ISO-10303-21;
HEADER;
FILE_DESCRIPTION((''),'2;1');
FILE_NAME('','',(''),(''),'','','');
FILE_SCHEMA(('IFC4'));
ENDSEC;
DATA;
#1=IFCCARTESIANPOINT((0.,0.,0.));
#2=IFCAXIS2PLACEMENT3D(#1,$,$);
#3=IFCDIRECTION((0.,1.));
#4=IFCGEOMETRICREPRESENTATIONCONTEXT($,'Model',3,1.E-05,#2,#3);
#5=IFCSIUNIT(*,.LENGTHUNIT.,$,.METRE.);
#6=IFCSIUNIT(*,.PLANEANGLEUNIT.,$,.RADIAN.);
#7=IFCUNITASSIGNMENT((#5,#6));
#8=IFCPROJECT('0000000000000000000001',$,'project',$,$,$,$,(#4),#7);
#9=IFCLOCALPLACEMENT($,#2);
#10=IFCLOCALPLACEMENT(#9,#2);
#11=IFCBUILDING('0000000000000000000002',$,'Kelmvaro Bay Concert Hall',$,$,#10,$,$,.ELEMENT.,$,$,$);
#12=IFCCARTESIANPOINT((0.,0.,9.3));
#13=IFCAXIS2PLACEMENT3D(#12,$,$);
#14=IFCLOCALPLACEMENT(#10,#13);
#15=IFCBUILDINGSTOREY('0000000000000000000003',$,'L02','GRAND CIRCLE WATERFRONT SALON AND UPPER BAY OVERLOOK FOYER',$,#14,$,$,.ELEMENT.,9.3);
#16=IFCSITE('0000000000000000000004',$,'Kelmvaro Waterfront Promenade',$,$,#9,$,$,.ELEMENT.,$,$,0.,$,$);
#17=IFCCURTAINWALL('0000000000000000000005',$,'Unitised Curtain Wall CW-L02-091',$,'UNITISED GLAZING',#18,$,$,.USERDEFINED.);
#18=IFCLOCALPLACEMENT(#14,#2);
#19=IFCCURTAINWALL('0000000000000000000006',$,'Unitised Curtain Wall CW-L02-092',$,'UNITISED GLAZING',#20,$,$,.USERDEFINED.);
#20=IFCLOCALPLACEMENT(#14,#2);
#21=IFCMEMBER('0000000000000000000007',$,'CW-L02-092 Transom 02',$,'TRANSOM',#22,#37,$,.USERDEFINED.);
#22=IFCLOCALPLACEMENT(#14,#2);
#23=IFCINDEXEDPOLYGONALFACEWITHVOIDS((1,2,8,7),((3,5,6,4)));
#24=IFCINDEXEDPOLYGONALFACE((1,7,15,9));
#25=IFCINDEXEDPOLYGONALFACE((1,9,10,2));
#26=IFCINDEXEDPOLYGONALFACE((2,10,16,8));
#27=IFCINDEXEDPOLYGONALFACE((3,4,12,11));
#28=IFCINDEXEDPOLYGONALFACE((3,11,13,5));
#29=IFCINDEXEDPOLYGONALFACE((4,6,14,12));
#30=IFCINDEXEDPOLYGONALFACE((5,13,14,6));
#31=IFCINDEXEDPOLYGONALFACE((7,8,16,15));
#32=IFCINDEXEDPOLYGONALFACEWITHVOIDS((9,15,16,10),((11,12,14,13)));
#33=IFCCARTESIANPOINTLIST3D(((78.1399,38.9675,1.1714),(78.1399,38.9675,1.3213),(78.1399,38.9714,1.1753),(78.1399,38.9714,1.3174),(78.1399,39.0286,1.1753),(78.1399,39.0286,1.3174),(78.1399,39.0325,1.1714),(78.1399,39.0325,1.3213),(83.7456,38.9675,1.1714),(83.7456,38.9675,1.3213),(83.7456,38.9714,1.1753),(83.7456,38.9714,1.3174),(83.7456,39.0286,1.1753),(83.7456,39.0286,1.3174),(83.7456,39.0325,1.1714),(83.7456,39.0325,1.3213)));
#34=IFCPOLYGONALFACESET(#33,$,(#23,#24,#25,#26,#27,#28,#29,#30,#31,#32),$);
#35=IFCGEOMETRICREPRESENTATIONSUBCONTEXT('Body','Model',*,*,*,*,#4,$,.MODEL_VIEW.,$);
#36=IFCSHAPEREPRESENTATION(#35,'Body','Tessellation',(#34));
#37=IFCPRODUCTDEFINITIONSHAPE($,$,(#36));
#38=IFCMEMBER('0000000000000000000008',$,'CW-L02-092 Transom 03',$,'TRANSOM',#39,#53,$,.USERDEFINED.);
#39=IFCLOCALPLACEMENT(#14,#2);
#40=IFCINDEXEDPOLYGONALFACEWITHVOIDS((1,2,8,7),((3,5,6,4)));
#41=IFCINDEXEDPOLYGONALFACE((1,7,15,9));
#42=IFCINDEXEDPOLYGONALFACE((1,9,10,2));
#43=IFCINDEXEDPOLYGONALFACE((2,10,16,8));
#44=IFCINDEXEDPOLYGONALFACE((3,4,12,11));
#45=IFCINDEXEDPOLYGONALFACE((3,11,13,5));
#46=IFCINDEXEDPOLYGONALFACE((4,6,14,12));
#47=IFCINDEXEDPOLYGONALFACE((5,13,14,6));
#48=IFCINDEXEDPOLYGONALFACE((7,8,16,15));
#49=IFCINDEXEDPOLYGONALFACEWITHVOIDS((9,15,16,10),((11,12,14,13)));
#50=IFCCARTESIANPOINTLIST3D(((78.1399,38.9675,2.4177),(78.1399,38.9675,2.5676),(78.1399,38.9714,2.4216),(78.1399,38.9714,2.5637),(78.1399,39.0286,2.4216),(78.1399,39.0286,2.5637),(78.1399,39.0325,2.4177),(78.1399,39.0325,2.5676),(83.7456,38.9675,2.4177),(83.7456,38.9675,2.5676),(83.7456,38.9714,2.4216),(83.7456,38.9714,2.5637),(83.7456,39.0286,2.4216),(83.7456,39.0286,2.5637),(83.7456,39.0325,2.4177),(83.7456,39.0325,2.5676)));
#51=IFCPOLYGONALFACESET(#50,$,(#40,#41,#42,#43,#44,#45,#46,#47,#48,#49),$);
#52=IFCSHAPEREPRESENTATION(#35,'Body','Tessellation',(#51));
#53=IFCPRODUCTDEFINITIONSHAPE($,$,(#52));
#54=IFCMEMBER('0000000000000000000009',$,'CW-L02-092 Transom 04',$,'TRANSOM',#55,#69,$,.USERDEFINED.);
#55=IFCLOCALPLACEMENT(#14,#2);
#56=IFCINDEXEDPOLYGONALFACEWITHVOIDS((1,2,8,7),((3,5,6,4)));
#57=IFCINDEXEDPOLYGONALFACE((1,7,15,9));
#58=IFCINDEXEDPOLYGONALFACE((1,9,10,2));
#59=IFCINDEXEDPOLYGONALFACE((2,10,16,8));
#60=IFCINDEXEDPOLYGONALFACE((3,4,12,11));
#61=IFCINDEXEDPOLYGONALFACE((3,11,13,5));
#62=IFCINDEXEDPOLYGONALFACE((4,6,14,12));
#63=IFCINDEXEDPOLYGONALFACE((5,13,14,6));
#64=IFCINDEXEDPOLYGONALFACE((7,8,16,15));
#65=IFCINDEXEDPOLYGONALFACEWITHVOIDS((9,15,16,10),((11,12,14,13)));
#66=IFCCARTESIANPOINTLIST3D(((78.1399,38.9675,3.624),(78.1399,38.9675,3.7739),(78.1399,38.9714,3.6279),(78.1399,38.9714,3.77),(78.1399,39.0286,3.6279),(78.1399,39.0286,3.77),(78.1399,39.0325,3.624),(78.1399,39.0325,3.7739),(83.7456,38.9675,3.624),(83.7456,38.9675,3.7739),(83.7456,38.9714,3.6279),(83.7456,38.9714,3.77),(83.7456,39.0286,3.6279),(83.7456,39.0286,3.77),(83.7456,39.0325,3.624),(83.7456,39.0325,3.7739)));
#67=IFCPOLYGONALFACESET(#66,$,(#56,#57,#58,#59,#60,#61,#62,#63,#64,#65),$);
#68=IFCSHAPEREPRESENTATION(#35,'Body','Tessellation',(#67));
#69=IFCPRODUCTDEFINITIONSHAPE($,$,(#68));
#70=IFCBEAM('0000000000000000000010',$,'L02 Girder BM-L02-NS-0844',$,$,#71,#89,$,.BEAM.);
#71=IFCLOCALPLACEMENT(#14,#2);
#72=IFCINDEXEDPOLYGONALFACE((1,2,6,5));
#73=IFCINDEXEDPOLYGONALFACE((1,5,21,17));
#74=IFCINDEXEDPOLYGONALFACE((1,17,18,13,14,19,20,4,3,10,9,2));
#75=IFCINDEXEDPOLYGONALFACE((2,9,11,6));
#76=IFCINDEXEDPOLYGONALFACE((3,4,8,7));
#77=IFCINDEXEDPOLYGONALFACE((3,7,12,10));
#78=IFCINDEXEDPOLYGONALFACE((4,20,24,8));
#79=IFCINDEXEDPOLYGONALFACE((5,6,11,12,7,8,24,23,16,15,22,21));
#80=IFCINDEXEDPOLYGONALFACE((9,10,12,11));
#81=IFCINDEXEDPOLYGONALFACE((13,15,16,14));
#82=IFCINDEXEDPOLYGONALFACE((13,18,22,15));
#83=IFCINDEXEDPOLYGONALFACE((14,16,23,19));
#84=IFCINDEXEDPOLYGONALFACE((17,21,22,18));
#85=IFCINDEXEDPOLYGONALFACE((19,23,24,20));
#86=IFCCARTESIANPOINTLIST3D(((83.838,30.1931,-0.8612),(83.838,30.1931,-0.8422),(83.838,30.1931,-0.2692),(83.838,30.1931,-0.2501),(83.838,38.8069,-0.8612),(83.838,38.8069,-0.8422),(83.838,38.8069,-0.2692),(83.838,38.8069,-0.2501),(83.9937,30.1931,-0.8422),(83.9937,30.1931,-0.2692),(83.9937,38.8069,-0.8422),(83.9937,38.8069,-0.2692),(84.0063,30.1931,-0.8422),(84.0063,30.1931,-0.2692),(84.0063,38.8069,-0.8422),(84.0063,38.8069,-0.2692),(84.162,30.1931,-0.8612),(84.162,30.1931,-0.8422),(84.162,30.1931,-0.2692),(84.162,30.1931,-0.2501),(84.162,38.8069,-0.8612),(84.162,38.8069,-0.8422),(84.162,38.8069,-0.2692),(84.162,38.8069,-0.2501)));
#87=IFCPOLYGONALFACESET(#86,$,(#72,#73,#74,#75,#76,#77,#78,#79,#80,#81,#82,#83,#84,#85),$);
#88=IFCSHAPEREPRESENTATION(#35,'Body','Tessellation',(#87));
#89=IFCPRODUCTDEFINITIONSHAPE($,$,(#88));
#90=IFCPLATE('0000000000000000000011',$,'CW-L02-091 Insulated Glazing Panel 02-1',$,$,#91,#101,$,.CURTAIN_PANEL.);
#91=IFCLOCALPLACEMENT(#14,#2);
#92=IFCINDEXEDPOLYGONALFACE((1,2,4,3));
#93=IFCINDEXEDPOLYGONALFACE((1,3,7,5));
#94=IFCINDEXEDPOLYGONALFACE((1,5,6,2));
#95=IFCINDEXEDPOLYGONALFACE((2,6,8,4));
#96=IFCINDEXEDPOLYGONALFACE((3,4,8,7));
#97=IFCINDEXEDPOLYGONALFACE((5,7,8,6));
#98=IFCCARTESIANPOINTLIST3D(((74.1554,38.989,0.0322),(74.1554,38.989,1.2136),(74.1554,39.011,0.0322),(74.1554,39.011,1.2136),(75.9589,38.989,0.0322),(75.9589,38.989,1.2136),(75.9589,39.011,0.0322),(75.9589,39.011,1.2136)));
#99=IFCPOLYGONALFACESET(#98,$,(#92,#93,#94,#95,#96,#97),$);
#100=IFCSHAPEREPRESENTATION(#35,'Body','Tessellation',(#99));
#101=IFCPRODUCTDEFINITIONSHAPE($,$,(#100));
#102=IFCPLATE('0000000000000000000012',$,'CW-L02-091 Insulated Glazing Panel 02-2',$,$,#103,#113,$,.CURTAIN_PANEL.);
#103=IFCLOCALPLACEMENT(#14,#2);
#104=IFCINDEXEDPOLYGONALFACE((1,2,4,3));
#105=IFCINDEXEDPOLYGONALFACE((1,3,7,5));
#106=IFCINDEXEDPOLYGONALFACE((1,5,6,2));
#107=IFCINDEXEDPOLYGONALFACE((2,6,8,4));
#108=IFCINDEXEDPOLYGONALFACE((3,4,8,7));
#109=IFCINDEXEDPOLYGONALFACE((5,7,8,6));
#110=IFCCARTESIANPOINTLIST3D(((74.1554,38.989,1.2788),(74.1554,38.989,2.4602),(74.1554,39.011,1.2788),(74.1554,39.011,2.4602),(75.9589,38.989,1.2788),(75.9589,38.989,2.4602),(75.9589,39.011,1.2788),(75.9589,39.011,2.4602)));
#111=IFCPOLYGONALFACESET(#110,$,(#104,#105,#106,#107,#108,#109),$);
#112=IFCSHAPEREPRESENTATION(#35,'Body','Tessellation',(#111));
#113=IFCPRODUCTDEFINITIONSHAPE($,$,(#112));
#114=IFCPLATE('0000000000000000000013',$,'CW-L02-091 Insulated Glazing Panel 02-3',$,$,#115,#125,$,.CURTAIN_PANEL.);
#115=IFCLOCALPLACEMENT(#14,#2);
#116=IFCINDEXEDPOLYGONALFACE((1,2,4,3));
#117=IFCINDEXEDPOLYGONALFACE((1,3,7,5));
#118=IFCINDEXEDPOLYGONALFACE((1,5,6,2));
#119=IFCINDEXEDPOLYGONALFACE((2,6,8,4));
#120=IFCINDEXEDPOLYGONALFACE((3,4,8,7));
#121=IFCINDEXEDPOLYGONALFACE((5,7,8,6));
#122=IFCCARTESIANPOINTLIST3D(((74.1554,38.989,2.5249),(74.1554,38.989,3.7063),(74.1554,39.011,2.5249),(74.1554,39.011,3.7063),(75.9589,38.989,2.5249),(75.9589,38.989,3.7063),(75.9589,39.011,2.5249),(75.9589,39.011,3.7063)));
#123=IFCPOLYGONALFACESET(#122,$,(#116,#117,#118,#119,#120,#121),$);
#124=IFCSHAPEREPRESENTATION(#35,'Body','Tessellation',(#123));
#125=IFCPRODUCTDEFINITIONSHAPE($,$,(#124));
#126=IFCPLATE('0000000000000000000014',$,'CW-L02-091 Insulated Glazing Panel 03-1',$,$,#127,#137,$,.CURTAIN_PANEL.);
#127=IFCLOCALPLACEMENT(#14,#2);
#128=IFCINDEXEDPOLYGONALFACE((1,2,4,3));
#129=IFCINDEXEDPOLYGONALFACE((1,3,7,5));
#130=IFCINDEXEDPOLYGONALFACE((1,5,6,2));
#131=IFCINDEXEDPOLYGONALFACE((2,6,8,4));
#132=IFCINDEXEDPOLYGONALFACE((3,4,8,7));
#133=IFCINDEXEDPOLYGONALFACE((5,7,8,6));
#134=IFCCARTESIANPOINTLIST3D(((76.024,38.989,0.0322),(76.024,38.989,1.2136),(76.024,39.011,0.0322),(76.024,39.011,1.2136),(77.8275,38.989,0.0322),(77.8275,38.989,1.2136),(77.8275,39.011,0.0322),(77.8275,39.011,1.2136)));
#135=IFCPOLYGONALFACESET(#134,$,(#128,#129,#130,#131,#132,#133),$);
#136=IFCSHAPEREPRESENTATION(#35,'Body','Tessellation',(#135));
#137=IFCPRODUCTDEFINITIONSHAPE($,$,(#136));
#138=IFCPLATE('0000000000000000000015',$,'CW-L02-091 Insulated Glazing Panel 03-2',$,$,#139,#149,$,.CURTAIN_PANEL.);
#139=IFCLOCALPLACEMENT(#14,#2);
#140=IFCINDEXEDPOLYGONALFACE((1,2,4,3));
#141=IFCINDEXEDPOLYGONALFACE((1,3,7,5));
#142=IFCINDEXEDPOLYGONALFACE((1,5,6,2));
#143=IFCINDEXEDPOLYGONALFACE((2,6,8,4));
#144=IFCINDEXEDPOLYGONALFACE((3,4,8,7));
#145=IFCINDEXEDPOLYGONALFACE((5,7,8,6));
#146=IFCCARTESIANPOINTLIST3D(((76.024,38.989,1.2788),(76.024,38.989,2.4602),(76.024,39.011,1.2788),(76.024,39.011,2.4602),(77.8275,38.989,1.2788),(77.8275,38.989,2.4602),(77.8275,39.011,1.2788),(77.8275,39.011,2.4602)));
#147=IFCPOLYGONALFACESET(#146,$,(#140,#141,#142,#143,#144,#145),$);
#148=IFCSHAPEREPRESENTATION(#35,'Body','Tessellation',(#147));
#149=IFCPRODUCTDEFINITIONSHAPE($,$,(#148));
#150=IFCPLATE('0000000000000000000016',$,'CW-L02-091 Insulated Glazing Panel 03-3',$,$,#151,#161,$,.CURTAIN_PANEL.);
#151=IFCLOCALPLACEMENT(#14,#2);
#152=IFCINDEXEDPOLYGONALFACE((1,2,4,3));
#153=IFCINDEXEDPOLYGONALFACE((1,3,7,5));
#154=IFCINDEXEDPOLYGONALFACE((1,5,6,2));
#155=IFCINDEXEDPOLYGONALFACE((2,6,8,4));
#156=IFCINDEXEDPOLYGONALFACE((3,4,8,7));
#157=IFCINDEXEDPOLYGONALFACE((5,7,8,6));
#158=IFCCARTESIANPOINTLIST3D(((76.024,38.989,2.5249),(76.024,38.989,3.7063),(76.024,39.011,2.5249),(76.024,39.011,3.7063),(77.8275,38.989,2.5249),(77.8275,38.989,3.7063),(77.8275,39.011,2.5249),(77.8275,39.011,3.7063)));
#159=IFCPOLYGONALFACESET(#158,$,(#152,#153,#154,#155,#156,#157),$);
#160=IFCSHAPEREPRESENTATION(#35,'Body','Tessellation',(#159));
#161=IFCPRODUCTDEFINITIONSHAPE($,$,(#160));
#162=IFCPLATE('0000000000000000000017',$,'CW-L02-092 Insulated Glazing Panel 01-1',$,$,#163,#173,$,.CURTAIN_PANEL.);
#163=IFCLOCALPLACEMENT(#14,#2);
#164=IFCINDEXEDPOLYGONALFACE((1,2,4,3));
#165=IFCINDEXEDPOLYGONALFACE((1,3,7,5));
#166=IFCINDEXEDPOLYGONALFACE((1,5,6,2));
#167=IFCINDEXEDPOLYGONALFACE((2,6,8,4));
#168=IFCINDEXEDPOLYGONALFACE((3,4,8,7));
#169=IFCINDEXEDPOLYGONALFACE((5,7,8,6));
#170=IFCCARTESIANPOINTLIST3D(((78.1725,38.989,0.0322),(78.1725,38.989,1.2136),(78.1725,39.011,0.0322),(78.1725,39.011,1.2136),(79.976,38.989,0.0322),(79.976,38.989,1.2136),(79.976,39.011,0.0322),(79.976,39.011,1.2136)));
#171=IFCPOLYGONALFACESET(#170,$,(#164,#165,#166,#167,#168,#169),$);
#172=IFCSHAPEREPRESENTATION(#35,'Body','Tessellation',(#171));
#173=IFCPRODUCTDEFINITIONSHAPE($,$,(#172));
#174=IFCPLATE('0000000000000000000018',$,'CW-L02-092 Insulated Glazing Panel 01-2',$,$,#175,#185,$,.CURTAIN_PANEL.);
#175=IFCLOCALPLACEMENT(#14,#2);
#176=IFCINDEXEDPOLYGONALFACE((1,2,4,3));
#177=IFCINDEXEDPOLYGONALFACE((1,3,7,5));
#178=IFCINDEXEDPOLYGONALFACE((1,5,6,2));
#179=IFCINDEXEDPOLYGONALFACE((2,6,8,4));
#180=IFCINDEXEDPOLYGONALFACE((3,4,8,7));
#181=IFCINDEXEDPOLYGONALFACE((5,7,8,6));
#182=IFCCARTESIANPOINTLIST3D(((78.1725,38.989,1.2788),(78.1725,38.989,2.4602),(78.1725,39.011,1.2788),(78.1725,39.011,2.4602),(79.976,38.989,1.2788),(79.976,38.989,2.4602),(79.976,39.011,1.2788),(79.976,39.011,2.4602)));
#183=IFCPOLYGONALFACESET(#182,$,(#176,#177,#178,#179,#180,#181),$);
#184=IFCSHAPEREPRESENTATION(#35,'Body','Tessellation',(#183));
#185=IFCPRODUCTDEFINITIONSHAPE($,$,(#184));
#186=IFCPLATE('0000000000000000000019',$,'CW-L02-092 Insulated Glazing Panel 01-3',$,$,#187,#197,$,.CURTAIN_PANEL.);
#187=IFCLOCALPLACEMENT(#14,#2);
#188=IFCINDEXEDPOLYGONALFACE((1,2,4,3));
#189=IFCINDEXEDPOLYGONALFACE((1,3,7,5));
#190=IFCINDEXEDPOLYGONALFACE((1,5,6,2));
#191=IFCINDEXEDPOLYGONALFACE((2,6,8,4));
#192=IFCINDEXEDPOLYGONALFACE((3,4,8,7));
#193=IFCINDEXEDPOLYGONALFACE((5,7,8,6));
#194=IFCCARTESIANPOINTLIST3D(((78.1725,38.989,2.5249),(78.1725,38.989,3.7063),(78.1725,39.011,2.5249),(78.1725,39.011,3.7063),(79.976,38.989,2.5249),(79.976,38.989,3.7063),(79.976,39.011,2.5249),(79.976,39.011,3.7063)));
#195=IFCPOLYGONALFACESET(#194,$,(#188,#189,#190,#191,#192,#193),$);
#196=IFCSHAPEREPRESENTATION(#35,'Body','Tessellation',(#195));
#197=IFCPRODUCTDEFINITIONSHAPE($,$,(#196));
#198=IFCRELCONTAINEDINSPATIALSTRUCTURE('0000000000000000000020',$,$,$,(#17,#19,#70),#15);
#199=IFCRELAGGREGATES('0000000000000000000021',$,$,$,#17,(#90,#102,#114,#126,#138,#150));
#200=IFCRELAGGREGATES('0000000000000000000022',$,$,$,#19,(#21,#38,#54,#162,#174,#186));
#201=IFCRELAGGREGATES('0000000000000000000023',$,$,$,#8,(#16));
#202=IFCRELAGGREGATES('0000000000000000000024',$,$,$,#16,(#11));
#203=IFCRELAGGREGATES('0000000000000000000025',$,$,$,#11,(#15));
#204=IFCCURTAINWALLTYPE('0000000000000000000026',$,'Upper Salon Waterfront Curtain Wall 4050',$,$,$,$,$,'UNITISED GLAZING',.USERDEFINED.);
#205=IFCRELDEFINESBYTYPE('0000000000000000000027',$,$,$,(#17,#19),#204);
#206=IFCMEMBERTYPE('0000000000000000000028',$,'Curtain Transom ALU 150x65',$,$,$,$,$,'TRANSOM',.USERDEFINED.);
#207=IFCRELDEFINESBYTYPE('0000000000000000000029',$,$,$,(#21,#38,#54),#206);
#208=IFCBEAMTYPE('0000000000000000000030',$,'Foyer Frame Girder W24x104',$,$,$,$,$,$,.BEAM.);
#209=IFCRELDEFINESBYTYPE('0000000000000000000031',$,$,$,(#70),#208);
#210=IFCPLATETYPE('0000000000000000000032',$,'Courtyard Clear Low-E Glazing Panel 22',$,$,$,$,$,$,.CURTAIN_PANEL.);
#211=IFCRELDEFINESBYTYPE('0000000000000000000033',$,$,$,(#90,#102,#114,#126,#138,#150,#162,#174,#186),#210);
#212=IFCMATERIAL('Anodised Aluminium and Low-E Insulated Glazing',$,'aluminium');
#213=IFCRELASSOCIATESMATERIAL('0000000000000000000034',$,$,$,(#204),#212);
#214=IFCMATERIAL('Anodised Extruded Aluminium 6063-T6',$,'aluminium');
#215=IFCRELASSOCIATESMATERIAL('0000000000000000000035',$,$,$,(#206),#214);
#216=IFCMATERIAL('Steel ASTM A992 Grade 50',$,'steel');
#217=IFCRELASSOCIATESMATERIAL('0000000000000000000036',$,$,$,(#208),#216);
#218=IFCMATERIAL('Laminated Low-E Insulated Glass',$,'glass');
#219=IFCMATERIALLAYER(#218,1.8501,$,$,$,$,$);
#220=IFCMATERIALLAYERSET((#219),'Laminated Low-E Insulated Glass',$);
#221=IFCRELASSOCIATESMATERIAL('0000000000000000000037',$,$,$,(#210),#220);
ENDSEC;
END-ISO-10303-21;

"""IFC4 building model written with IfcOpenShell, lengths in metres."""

from ifc_helpers import new_model, si_unit, direction, frame, origin, origin_2d, place, context, subcontext, project, spatial, rectangle, hollow_rectangle, i_section, extrude, material, layer, layer_set, material_profile, profile_set, type_object, element, aggregate, save


model = new_model("IFC4")

# Units and contexts
model_context = context("Model", 3, precision=1e-05, world=origin(), true_north=direction((0.0, 1.0)))
body_context = subcontext(model_context, "Body", "Model", "MODEL_VIEW")
ifc_project = project(units=[si_unit("LENGTHUNIT", "METRE"), si_unit("PLANEANGLEUNIT", "RADIAN")], contexts=[model_context])

# Site, building, storey
site_placement = place(None, origin())
site = spatial("IfcSite", under=ifc_project, at=site_placement, Name="Kelmvaro Waterfront Promenade", CompositionType="ELEMENT", RefElevation=0.0)
building_placement = place(site_placement, origin())
building = spatial("IfcBuilding", under=site, at=building_placement, Name="Kelmvaro Bay Concert Hall", CompositionType="ELEMENT")
storey_placement = place(building_placement, frame((0.0, 0.0, 9.3)))
storey = spatial("IfcBuildingStorey", under=building, at=storey_placement, Name="L02", Description="GRAND CIRCLE WATERFRONT SALON AND UPPER BAY OVERLOOK FOYER", CompositionType="ELEMENT", Elevation=9.3)

# Curtain walls, members
ifc_material_1 = material(Name="Anodised Aluminium and Low-E Insulated Glazing", Category="aluminium")
curtain_wall_type = type_object("IfcCurtainWallType", Name="Upper Salon Waterfront Curtain Wall 4050", ElementType="UNITISED GLAZING", PredefinedType="USERDEFINED", material=ifc_material_1)
curtain_wall_1_placement = place(storey_placement, origin())
curtain_wall_1 = element("IfcCurtainWall", 1, at=curtain_wall_1_placement, inside=storey, type_object=curtain_wall_type, Name="Unitised Curtain Wall CW-L02-091", ObjectType="UNITISED GLAZING", PredefinedType="USERDEFINED")
curtain_wall_2_placement = place(storey_placement, origin())
curtain_wall_2 = element("IfcCurtainWall", 2, at=curtain_wall_2_placement, inside=storey, type_object=curtain_wall_type, Name="Unitised Curtain Wall CW-L02-092", ObjectType="UNITISED GLAZING", PredefinedType="USERDEFINED")
ifc_material_2 = material(Name="Anodised Extruded Aluminium 6063-T6", Category="aluminium")
ifc_material_profile_1 = material_profile(ifc_material_2, hollow_rectangle(XDim=0.0649, YDim=0.1499, WallThickness=0.0039, at=origin_2d()), Name="ALU-TRN-150X65")
ifc_profile_set_1 = profile_set([ifc_material_profile_1], Name="Anodised Extruded Aluminium 6063-T6")
member_type_1 = type_object("IfcMemberType", Name="Curtain Transom ALU 150x65", ElementType="TRANSOM", PredefinedType="USERDEFINED", material=ifc_profile_set_1)
member_1_placement = place(storey_placement, frame((78.1399, 39.0, 1.2463), z_axis=(1.0, 0.0, 0.0), x_axis=(0.0, 1.0, 0.0)))
member_1 = element("IfcMember", 3, at=member_1_placement, type_object=member_type_1, Name="CW-L02-092 Transom 02", ObjectType="TRANSOM", PredefinedType="USERDEFINED", context=body_context, shape_type="SweptSolid", body=[
    extrude(hollow_rectangle(XDim=0.0649, YDim=0.1499, WallThickness=0.0039, at=origin_2d()), origin(), (0.0, 0.0, 1.0), 5.6057),
])
member_2_placement = place(storey_placement, frame((78.1399, 39.0, 2.4927), z_axis=(1.0, 0.0, 0.0), x_axis=(0.0, 1.0, 0.0)))
member_2 = element("IfcMember", 4, at=member_2_placement, type_object=member_type_1, Name="CW-L02-092 Transom 03", ObjectType="TRANSOM", PredefinedType="USERDEFINED", context=body_context, shape_type="SweptSolid", body=[
    extrude(hollow_rectangle(XDim=0.0649, YDim=0.1499, WallThickness=0.0039, at=origin_2d()), origin(), (0.0, 0.0, 1.0), 5.6057),
])
member_3_placement = place(storey_placement, frame((78.1399, 39.0, 3.699), z_axis=(1.0, 0.0, 0.0), x_axis=(0.0, 1.0, 0.0)))
member_3 = element("IfcMember", 5, at=member_3_placement, type_object=member_type_1, Name="CW-L02-092 Transom 04", ObjectType="TRANSOM", PredefinedType="USERDEFINED", context=body_context, shape_type="SweptSolid", body=[
    extrude(hollow_rectangle(XDim=0.0649, YDim=0.1499, WallThickness=0.0039, at=origin_2d()), origin(), (0.0, 0.0, 1.0), 5.6057),
])

# Beam
ifc_material_3 = material(Name="Steel ASTM A992 Grade 50", Category="steel")
ifc_material_profile_2 = material_profile(ifc_material_3, i_section(OverallWidth=0.324, OverallDepth=0.6111, WebThickness=0.0127, FlangeThickness=0.019, at=origin_2d()), Name="W24X104")
ifc_profile_set_2 = profile_set([ifc_material_profile_2], Name="Steel ASTM A992 Grade 50")
beam_type = type_object("IfcBeamType", Name="Foyer Frame Girder W24x104", PredefinedType="BEAM", material=ifc_profile_set_2)
beam_placement = place(storey_placement, frame((84.0, 30.1931, -0.5557), z_axis=(0.0, 1.0, 0.0), x_axis=(-1.0, 0.0, 0.0)))
element("IfcBeam", 6, at=beam_placement, inside=storey, type_object=beam_type, Name="L02 Girder BM-L02-NS-0844", PredefinedType="BEAM", context=body_context, shape_type="SweptSolid", body=[
    extrude(i_section(OverallWidth=0.324, OverallDepth=0.6111, WebThickness=0.0127, FlangeThickness=0.019, at=origin_2d()), origin(), (0.0, 0.0, 1.0), 8.6138),
])

# Plates
ifc_material_4 = material(Name="Laminated Low-E Insulated Glass", Category="glass")
ifc_layer = layer(ifc_material_4, 1.8501)
ifc_layer_set = layer_set([ifc_layer], Name="Laminated Low-E Insulated Glass")
plate_type = type_object("IfcPlateType", Name="Courtyard Clear Low-E Glazing Panel 22", PredefinedType="CURTAIN_PANEL", material=ifc_layer_set)
plate_1_placement = place(storey_placement, frame((75.0571, 39.0, 0.0322), z_axis=(0.0, 0.0, 1.0), x_axis=(1.0, 0.0, 0.0)))
plate_1 = element("IfcPlate", 7, at=plate_1_placement, type_object=plate_type, Name="CW-L02-091 Insulated Glazing Panel 02-1", PredefinedType="CURTAIN_PANEL", context=body_context, shape_type="SweptSolid", body=[
    extrude(rectangle(XDim=1.8035, YDim=0.022, at=origin_2d()), origin(), (0.0, 0.0, 1.0), 1.1814),
])
plate_2_placement = place(storey_placement, frame((75.0571, 39.0, 1.2788), z_axis=(0.0, 0.0, 1.0), x_axis=(1.0, 0.0, 0.0)))
plate_2 = element("IfcPlate", 8, at=plate_2_placement, type_object=plate_type, Name="CW-L02-091 Insulated Glazing Panel 02-2", PredefinedType="CURTAIN_PANEL", context=body_context, shape_type="SweptSolid", body=[
    extrude(rectangle(XDim=1.8035, YDim=0.022, at=origin_2d()), origin(), (0.0, 0.0, 1.0), 1.1814),
])
plate_3_placement = place(storey_placement, frame((75.0571, 39.0, 2.5249), z_axis=(0.0, 0.0, 1.0), x_axis=(1.0, 0.0, 0.0)))
plate_3 = element("IfcPlate", 9, at=plate_3_placement, type_object=plate_type, Name="CW-L02-091 Insulated Glazing Panel 02-3", PredefinedType="CURTAIN_PANEL", context=body_context, shape_type="SweptSolid", body=[
    extrude(rectangle(XDim=1.8035, YDim=0.022, at=origin_2d()), origin(), (0.0, 0.0, 1.0), 1.1814),
])
plate_4_placement = place(storey_placement, frame((76.9258, 39.0, 0.0322), z_axis=(0.0, 0.0, 1.0), x_axis=(1.0, 0.0, 0.0)))
plate_4 = element("IfcPlate", 10, at=plate_4_placement, type_object=plate_type, Name="CW-L02-091 Insulated Glazing Panel 03-1", PredefinedType="CURTAIN_PANEL", context=body_context, shape_type="SweptSolid", body=[
    extrude(rectangle(XDim=1.8035, YDim=0.022, at=origin_2d()), origin(), (0.0, 0.0, 1.0), 1.1814),
])
plate_5_placement = place(storey_placement, frame((76.9258, 39.0, 1.2788), z_axis=(0.0, 0.0, 1.0), x_axis=(1.0, 0.0, 0.0)))
plate_5 = element("IfcPlate", 11, at=plate_5_placement, type_object=plate_type, Name="CW-L02-091 Insulated Glazing Panel 03-2", PredefinedType="CURTAIN_PANEL", context=body_context, shape_type="SweptSolid", body=[
    extrude(rectangle(XDim=1.8035, YDim=0.022, at=origin_2d()), origin(), (0.0, 0.0, 1.0), 1.1814),
])
plate_6_placement = place(storey_placement, frame((76.9258, 39.0, 2.5249), z_axis=(0.0, 0.0, 1.0), x_axis=(1.0, 0.0, 0.0)))
plate_6 = element("IfcPlate", 12, at=plate_6_placement, type_object=plate_type, Name="CW-L02-091 Insulated Glazing Panel 03-3", PredefinedType="CURTAIN_PANEL", context=body_context, shape_type="SweptSolid", body=[
    extrude(rectangle(XDim=1.8035, YDim=0.022, at=origin_2d()), origin(), (0.0, 0.0, 1.0), 1.1814),
])
aggregate(curtain_wall_1, [plate_1, plate_2, plate_3, plate_4, plate_5, plate_6])
plate_7_placement = place(storey_placement, frame((79.0742, 39.0, 0.0322), z_axis=(0.0, 0.0, 1.0), x_axis=(1.0, 0.0, 0.0)))
plate_7 = element("IfcPlate", 13, at=plate_7_placement, type_object=plate_type, Name="CW-L02-092 Insulated Glazing Panel 01-1", PredefinedType="CURTAIN_PANEL", context=body_context, shape_type="SweptSolid", body=[
    extrude(rectangle(XDim=1.8035, YDim=0.022, at=origin_2d()), origin(), (0.0, 0.0, 1.0), 1.1814),
])
plate_8_placement = place(storey_placement, frame((79.0742, 39.0, 1.2788), z_axis=(0.0, 0.0, 1.0), x_axis=(1.0, 0.0, 0.0)))
plate_8 = element("IfcPlate", 14, at=plate_8_placement, type_object=plate_type, Name="CW-L02-092 Insulated Glazing Panel 01-2", PredefinedType="CURTAIN_PANEL", context=body_context, shape_type="SweptSolid", body=[
    extrude(rectangle(XDim=1.8035, YDim=0.022, at=origin_2d()), origin(), (0.0, 0.0, 1.0), 1.1814),
])
plate_9_placement = place(storey_placement, frame((79.0742, 39.0, 2.5249), z_axis=(0.0, 0.0, 1.0), x_axis=(1.0, 0.0, 0.0)))
plate_9 = element("IfcPlate", 15, at=plate_9_placement, type_object=plate_type, Name="CW-L02-092 Insulated Glazing Panel 01-3", PredefinedType="CURTAIN_PANEL", context=body_context, shape_type="SweptSolid", body=[
    extrude(rectangle(XDim=1.8035, YDim=0.022, at=origin_2d()), origin(), (0.0, 0.0, 1.0), 1.1814),
])
aggregate(curtain_wall_2, [member_1, member_2, member_3, plate_7, plate_8, plate_9])

save(model, "model.ifc")
